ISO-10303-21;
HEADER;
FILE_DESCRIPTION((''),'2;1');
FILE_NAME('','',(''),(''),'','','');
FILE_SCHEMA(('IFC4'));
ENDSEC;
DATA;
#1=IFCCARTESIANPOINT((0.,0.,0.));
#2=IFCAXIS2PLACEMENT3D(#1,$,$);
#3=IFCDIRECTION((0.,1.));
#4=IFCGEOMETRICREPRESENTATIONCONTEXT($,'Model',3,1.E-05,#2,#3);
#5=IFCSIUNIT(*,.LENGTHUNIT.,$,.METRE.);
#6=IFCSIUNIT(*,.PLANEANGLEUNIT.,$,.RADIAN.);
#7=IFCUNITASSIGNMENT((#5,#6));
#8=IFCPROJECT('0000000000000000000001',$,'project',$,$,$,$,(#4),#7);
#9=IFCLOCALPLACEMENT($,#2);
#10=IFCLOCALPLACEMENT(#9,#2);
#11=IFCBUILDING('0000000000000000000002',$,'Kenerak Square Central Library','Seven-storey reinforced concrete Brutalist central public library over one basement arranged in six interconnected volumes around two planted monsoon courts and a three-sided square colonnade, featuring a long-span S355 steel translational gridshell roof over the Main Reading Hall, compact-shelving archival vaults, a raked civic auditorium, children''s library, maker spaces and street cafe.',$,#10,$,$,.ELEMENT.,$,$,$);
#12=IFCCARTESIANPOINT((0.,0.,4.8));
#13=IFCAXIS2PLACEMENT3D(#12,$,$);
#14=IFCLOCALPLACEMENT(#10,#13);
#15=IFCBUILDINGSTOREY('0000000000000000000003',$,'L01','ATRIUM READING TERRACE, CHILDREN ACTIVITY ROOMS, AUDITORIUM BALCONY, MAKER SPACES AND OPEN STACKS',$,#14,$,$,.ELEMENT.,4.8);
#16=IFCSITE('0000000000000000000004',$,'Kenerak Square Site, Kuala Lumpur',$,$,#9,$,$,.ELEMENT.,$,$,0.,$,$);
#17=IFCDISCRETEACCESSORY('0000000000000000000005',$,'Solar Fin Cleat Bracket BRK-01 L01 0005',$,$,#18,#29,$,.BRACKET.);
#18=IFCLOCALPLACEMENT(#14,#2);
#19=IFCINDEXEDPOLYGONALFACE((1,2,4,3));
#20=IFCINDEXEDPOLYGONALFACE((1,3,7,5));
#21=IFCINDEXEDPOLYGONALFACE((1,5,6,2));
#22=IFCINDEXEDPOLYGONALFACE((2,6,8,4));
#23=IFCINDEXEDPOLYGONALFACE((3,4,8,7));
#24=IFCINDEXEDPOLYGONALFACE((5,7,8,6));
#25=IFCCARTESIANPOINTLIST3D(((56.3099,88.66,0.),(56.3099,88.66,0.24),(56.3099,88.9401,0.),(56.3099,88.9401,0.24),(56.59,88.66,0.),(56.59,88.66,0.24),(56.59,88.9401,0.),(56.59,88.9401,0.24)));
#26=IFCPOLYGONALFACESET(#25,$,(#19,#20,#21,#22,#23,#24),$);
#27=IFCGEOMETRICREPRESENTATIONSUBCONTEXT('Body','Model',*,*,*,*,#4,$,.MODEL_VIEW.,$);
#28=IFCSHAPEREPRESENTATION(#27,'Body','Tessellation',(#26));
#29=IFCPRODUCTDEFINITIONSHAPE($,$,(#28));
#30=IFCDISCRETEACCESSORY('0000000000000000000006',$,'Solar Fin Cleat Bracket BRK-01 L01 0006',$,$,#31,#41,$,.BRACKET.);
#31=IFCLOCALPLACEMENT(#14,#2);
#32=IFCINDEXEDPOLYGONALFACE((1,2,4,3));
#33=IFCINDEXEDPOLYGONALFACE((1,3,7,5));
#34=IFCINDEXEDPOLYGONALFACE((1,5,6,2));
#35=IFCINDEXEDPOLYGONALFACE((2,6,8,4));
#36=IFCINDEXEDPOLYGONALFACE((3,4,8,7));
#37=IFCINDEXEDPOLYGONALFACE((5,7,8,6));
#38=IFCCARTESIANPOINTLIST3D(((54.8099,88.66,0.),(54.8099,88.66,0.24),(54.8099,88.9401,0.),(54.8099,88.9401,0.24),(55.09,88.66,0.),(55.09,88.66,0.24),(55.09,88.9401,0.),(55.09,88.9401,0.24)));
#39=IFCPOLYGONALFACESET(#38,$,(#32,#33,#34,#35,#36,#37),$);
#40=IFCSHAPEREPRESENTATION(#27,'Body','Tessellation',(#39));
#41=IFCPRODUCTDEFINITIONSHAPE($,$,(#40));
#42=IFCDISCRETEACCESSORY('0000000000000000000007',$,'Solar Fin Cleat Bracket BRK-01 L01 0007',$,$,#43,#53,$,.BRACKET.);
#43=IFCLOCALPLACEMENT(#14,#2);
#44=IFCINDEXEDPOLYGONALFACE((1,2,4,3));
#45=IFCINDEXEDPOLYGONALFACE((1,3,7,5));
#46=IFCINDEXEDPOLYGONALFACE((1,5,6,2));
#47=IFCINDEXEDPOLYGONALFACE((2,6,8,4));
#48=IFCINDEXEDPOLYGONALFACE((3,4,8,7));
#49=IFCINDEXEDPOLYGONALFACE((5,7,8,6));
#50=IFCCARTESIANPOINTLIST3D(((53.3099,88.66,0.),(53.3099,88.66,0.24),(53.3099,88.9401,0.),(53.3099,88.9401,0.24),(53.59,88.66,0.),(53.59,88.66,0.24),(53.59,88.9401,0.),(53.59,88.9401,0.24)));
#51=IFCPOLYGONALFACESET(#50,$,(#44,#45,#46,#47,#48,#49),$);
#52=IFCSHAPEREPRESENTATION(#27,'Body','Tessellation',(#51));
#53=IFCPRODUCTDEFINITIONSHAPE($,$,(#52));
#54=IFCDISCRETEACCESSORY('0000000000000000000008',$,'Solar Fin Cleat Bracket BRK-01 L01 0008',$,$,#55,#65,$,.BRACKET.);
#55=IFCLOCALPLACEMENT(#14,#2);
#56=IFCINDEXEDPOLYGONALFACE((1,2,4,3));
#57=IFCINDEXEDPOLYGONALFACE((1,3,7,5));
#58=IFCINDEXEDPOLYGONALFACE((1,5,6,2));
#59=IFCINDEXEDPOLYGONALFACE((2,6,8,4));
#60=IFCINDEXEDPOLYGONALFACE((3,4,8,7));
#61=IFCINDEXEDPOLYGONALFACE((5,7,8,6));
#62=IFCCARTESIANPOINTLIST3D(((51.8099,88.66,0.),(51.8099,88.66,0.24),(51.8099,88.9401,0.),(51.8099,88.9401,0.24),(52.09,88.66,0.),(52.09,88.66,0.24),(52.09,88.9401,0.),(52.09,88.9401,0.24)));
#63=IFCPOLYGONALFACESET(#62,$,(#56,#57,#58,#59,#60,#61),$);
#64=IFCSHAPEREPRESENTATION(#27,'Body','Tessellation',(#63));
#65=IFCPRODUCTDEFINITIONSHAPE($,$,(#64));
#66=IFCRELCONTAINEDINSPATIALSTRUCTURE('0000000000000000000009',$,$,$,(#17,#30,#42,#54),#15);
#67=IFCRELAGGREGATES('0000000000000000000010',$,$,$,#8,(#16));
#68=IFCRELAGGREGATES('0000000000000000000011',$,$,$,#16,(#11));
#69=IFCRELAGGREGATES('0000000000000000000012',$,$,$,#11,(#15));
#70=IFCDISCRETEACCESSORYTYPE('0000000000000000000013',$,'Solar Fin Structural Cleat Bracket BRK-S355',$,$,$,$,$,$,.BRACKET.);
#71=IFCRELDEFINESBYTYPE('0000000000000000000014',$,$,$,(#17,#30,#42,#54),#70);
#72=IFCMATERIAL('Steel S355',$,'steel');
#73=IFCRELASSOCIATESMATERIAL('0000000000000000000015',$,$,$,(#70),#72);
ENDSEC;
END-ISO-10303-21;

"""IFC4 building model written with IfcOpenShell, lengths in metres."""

from ifc_helpers import new_model, si_unit, direction, frame, origin, origin_2d, place, context, subcontext, project, spatial, rectangle, extrude, material, type_object, element, save


model = new_model("IFC4")

# Units and contexts
model_context = context("Model", 3, precision=1e-05, world=origin(), true_north=direction((0.0, 1.0)))
body_context = subcontext(model_context, "Body", "Model", "MODEL_VIEW")
ifc_project = project(units=[si_unit("LENGTHUNIT", "METRE"), si_unit("PLANEANGLEUNIT", "RADIAN")], contexts=[model_context])

# Site, building, storey
site_placement = place(None, origin())
site = spatial("IfcSite", under=ifc_project, at=site_placement, Name="Kenerak Square Site, Kuala Lumpur", CompositionType="ELEMENT", RefElevation=0.0)
building_placement = place(site_placement, origin())
building = spatial("IfcBuilding", under=site, at=building_placement, Name="Kenerak Square Central Library", Description="Seven-storey reinforced concrete Brutalist central public library over one basement arranged in six interconnected volumes around two planted monsoon courts and a three-sided square colonnade, featuring a long-span S355 steel translational gridshell roof over the Main Reading Hall, compact-shelving archival vaults, a raked civic auditorium, children's library, maker spaces and street cafe.", CompositionType="ELEMENT")
storey_placement = place(building_placement, frame((0.0, 0.0, 4.8)))
storey = spatial("IfcBuildingStorey", under=building, at=storey_placement, Name="L01", Description="ATRIUM READING TERRACE, CHILDREN ACTIVITY ROOMS, AUDITORIUM BALCONY, MAKER SPACES AND OPEN STACKS", CompositionType="ELEMENT", Elevation=4.8)

# Discrete accessories
ifc_material_1 = material(Name="Steel S355", Category="steel")
discrete_accessory_type = type_object("IfcDiscreteAccessoryType", Name="Solar Fin Structural Cleat Bracket BRK-S355", PredefinedType="BRACKET", material=ifc_material_1)
for number, where, z_axis, x_axis, name in (
    (1, (56.45, 88.8, 0.0), (0.0, 0.0, 1.0), (-1.0, 0.0, 0.0), "Solar Fin Cleat Bracket BRK-01 L01 0005"),
    (2, (54.95, 88.8, 0.0), (0.0, 0.0, 1.0), (-1.0, 0.0, 0.0), "Solar Fin Cleat Bracket BRK-01 L01 0006"),
    (3, (53.45, 88.8, 0.0), (0.0, 0.0, 1.0), (-1.0, 0.0, 0.0), "Solar Fin Cleat Bracket BRK-01 L01 0007"),
    (4, (51.95, 88.8, 0.0), (0.0, 0.0, 1.0), (-1.0, 0.0, 0.0), "Solar Fin Cleat Bracket BRK-01 L01 0008"),
):
    element("IfcDiscreteAccessory", number, at=place(storey_placement, frame(where, z_axis=z_axis, x_axis=x_axis)), inside=storey, type_object=discrete_accessory_type, Name=name, PredefinedType="BRACKET", context=body_context, shape_type="SweptSolid", body=[
        extrude(rectangle(XDim=0.28, YDim=0.28, at=origin_2d()), origin(), (0.0, 0.0, 1.0), 0.24),
    ])

save(model, "model.ifc")
